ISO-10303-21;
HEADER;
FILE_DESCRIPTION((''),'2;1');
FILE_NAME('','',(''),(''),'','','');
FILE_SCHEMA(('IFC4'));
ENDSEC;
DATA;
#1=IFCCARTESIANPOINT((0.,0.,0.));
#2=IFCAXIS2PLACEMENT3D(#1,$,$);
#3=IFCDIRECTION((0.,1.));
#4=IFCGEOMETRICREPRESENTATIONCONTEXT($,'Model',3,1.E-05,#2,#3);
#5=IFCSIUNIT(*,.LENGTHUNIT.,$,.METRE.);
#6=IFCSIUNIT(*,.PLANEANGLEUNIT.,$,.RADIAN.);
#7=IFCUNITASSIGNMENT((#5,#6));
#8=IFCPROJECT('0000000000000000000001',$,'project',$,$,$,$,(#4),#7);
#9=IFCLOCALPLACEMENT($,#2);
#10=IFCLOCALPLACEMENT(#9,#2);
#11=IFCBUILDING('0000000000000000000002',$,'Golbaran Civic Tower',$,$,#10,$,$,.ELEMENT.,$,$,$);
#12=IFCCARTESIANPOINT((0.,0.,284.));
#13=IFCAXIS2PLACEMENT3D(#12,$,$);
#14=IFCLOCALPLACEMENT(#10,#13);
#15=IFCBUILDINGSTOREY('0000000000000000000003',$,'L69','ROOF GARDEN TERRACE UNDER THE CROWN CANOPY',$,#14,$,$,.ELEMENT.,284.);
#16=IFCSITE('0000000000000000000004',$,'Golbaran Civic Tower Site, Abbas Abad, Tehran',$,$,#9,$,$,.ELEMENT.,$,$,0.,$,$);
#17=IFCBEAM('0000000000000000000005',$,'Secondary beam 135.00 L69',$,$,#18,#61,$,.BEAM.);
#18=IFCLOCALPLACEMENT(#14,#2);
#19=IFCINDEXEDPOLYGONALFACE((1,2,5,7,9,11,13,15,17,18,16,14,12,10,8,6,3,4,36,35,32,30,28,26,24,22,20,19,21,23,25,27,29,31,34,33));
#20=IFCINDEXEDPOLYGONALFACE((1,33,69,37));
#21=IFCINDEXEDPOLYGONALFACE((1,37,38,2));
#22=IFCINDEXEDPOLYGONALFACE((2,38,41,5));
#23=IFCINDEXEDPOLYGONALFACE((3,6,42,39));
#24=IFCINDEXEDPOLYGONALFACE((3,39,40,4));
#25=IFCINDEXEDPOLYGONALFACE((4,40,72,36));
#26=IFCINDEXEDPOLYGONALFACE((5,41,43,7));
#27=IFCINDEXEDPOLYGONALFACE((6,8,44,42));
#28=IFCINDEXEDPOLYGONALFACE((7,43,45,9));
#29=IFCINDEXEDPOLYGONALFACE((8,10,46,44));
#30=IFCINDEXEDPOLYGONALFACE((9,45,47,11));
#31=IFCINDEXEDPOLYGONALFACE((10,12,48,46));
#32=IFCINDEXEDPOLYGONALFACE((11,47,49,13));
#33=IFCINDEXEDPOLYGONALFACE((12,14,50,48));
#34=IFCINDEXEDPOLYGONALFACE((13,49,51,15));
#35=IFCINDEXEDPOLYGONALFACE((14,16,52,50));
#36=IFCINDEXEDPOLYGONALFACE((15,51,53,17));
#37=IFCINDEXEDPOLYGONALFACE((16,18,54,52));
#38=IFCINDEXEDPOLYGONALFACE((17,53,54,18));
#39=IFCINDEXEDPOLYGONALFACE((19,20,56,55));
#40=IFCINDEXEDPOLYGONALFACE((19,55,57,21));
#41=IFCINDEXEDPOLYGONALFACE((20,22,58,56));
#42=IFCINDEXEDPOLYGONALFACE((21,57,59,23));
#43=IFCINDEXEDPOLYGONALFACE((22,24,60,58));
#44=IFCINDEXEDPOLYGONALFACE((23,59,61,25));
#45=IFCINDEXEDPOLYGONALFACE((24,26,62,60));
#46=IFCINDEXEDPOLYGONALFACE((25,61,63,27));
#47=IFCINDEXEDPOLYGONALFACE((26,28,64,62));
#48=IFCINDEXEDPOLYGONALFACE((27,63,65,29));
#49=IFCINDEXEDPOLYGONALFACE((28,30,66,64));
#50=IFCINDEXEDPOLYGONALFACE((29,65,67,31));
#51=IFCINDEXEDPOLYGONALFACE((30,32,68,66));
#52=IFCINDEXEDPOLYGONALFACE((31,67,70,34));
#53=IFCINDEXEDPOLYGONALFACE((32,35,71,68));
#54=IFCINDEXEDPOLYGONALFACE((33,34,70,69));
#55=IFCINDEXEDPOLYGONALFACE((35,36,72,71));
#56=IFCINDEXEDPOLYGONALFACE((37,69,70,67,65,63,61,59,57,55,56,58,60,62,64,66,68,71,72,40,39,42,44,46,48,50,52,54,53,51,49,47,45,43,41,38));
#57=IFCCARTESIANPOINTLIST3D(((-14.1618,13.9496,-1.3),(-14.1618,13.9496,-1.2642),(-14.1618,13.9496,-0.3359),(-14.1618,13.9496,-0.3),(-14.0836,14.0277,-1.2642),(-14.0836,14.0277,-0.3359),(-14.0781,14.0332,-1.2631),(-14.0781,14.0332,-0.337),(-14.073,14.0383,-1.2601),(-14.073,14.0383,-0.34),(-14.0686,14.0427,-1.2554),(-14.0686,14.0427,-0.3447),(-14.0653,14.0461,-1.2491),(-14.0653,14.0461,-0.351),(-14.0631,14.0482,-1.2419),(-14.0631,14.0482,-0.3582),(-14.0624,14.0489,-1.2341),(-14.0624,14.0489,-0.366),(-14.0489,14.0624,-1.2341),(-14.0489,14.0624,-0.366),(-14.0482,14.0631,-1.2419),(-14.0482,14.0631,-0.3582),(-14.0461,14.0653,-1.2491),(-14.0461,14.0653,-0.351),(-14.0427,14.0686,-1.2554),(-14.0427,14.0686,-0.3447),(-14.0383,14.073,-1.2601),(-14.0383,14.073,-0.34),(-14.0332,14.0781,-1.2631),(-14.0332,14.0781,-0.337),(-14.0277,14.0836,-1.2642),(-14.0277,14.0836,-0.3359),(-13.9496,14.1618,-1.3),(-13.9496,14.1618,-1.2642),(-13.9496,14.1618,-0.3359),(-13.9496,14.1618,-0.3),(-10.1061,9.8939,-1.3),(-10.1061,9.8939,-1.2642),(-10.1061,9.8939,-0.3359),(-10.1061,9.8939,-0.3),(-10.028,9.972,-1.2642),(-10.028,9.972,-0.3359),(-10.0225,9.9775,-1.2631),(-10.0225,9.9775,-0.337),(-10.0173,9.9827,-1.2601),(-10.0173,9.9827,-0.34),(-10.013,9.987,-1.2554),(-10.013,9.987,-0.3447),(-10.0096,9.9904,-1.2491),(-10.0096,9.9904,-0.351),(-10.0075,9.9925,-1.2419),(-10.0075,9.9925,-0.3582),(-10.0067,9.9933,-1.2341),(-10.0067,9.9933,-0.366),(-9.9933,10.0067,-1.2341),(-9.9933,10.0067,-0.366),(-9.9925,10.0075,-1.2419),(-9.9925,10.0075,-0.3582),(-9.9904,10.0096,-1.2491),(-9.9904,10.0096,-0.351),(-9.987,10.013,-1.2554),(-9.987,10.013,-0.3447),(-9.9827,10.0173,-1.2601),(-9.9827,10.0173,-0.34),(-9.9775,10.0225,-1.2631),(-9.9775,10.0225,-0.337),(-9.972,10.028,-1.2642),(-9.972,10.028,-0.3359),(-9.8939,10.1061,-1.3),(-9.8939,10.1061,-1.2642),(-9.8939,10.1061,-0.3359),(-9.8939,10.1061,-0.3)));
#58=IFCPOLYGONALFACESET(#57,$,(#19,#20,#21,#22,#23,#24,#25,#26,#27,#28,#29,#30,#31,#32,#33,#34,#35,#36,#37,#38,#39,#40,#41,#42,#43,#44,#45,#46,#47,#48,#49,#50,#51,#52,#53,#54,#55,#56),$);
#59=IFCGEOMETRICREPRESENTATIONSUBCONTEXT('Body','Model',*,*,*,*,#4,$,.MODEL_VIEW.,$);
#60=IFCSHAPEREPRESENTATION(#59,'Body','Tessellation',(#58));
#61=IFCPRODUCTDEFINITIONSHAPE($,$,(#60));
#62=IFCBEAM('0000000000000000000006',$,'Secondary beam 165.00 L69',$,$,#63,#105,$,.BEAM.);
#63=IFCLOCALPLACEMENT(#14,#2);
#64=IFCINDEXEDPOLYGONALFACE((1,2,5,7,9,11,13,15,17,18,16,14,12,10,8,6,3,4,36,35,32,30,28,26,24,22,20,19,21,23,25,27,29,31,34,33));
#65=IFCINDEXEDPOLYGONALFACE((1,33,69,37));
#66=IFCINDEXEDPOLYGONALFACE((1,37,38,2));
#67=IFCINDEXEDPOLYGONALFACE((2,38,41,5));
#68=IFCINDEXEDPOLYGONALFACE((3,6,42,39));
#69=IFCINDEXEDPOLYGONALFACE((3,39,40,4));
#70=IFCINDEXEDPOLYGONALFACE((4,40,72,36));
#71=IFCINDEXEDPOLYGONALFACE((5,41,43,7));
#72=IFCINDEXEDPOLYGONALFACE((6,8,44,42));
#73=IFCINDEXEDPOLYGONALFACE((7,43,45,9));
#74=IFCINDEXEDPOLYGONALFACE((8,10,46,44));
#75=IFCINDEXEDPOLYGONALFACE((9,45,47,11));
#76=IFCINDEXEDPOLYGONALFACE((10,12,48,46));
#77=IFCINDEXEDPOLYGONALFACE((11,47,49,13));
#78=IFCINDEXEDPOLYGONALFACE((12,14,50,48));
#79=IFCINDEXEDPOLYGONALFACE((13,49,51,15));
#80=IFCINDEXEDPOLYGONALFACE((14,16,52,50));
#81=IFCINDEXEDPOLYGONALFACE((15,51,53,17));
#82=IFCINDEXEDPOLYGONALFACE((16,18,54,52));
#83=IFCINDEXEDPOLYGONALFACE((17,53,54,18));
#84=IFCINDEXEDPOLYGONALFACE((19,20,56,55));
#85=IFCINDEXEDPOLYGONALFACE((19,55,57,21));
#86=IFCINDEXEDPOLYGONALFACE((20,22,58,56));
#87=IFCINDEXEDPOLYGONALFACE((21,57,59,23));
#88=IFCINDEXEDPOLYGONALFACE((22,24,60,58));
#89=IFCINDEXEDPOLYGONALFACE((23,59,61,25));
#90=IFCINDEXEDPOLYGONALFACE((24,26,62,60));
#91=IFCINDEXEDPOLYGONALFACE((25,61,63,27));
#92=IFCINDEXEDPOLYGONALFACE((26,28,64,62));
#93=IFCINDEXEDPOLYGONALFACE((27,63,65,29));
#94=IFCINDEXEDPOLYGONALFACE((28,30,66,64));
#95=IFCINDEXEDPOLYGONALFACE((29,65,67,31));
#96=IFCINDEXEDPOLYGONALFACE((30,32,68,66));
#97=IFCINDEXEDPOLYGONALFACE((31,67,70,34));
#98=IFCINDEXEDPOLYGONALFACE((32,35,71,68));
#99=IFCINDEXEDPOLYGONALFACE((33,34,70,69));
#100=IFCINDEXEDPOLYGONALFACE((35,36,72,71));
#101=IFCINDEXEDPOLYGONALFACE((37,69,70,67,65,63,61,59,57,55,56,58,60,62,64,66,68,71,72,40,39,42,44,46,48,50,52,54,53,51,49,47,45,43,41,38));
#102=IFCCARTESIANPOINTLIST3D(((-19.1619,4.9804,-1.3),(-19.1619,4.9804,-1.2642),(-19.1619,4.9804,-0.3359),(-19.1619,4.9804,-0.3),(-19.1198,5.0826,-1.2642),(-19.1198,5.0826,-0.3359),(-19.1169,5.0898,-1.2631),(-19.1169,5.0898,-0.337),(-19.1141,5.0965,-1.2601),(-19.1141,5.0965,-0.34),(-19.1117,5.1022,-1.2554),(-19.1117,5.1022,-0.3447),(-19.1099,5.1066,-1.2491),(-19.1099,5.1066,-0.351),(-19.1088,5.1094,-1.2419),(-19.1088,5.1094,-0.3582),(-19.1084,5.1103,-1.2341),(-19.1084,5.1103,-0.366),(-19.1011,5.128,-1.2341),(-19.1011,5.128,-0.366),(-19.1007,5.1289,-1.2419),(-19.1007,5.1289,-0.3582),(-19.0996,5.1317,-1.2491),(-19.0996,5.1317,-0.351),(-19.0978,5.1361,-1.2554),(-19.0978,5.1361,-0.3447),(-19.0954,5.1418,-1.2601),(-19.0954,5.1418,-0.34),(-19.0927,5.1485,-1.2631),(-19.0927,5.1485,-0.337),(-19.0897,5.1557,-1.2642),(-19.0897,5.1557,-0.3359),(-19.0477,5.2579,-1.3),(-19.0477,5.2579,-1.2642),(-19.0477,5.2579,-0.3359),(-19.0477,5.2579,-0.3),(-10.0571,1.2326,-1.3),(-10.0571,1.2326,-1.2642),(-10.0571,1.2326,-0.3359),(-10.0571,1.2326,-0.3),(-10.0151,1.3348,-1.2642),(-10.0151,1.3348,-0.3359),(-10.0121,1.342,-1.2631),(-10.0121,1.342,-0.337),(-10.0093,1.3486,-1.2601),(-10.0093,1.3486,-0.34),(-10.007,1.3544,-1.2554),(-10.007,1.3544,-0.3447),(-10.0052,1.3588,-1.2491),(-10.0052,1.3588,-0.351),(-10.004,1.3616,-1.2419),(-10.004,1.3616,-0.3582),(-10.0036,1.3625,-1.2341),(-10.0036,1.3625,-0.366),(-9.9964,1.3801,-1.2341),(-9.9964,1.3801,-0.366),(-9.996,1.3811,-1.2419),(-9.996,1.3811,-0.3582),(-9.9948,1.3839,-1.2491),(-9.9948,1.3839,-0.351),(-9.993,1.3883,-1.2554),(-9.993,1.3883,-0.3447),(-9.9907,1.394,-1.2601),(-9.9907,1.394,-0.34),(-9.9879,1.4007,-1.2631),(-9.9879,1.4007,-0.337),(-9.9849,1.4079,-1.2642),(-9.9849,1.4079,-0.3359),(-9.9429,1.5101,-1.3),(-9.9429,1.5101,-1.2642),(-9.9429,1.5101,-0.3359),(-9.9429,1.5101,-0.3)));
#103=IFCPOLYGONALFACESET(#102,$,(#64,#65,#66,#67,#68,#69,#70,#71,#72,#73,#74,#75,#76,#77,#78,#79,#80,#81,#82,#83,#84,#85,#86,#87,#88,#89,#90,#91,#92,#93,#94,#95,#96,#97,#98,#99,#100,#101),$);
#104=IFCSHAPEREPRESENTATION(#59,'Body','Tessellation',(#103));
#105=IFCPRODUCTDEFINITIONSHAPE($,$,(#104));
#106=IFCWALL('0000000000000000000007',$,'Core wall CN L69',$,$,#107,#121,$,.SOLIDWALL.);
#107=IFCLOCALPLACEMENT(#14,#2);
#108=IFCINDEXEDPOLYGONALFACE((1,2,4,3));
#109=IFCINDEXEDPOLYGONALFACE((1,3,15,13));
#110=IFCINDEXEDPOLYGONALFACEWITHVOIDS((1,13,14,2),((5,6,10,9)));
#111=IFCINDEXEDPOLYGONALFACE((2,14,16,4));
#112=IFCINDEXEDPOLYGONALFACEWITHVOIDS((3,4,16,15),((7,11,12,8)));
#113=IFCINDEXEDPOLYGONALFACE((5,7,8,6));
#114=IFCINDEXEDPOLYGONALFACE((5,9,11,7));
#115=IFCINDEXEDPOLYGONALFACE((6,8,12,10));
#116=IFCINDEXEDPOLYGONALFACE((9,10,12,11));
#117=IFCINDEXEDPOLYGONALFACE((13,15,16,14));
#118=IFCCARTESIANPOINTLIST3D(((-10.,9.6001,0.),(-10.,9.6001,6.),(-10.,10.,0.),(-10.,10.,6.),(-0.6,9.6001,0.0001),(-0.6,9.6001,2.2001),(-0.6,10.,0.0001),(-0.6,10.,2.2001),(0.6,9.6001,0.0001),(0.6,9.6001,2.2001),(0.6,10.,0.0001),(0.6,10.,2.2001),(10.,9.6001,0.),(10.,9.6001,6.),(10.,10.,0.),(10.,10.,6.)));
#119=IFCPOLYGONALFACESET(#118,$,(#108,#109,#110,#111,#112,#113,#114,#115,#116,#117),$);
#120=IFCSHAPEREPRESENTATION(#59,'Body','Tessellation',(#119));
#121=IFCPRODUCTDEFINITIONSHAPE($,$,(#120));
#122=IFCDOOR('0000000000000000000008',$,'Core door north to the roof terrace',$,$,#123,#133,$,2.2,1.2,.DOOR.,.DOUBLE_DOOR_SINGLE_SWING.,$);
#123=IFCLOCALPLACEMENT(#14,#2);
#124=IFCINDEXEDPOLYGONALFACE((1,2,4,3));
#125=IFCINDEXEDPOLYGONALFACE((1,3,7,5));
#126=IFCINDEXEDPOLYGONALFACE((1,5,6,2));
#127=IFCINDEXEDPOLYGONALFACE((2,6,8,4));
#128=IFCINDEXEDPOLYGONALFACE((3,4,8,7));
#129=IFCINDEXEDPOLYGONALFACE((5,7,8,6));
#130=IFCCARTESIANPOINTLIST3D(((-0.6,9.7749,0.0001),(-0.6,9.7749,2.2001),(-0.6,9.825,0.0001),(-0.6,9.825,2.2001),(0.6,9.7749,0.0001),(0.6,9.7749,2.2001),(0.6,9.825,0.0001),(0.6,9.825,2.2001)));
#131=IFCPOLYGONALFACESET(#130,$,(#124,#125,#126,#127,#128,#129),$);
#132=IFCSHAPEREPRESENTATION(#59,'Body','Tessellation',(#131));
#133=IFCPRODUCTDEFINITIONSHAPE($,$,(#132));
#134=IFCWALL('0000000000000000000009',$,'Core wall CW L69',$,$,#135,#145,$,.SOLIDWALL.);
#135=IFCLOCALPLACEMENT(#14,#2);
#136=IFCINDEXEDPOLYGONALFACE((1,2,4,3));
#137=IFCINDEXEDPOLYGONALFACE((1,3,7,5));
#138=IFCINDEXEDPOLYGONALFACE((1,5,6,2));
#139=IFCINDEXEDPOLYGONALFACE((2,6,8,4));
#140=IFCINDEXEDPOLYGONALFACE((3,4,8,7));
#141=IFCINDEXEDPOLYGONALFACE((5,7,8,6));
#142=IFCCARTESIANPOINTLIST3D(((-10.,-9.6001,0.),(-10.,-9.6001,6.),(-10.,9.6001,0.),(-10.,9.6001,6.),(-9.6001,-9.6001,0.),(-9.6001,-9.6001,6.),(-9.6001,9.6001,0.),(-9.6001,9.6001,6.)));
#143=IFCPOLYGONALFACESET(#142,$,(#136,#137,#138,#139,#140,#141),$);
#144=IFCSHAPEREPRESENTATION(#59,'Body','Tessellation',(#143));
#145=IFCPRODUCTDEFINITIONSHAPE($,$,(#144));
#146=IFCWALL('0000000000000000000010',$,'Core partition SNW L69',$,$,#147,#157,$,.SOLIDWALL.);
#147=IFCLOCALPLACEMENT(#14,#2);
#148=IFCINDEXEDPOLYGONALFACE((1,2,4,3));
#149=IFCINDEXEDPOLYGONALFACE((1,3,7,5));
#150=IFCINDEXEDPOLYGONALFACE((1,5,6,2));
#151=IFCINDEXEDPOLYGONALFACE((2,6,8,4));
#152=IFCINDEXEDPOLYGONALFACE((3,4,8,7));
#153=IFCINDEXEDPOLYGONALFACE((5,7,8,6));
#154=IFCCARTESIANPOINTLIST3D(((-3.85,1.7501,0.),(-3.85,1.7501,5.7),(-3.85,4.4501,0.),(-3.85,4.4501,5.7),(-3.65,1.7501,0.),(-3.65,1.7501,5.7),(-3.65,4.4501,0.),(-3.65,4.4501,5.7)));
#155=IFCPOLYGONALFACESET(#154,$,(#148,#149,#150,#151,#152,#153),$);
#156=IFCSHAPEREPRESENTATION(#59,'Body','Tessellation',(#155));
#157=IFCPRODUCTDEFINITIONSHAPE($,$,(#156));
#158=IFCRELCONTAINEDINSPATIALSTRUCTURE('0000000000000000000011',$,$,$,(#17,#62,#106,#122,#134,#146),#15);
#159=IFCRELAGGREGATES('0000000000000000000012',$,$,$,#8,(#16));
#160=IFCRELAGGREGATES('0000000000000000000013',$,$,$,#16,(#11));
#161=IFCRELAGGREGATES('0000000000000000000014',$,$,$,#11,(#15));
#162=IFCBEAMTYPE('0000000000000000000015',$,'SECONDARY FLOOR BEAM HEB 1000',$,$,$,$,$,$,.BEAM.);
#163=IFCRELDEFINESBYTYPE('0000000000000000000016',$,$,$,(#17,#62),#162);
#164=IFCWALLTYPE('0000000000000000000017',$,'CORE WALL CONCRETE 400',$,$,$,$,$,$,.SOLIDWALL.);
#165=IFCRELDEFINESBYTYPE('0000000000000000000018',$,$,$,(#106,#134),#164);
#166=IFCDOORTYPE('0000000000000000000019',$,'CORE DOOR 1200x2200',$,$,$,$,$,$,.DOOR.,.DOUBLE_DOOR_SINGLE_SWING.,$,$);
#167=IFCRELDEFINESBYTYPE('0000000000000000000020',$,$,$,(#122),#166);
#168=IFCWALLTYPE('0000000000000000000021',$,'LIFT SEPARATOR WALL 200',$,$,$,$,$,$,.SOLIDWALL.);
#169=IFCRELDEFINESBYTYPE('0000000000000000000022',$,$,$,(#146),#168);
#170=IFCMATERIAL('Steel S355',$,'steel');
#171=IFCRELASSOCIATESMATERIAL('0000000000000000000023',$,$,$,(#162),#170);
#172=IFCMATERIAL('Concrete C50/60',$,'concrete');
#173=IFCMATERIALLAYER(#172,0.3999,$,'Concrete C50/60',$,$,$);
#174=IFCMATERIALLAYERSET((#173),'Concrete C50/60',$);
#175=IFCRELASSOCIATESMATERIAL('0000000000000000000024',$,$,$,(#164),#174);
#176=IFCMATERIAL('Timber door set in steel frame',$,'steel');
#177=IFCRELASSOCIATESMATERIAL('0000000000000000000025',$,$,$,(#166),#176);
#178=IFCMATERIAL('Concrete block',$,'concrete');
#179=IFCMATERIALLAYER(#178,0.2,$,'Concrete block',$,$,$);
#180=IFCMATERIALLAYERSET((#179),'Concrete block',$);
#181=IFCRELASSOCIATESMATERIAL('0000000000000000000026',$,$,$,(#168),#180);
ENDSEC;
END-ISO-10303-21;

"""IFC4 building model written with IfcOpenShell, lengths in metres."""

from ifc_helpers import new_model, si_unit, direction, frame, frame_2d, origin, origin_2d, place, context, subcontext, project, spatial, rectangle, i_section, extrude, material, layer, layer_set, material_profile, profile_set, type_object, element, fill, save


model = new_model("IFC4")

# Units and contexts
model_context = context("Model", 3, precision=1e-05, world=origin(), true_north=direction((0.0, 1.0)))
body_context = subcontext(model_context, "Body", "Model", "MODEL_VIEW")
ifc_project = project(units=[si_unit("LENGTHUNIT", "METRE"), si_unit("PLANEANGLEUNIT", "RADIAN")], contexts=[model_context])

# Site, building, storey
site_placement = place(None, origin())
site = spatial("IfcSite", under=ifc_project, at=site_placement, Name="Golbaran Civic Tower Site, Abbas Abad, Tehran", CompositionType="ELEMENT", RefElevation=0.0)
building_placement = place(site_placement, origin())
building = spatial("IfcBuilding", under=site, at=building_placement, Name="Golbaran Civic Tower", CompositionType="ELEMENT")
storey_placement = place(building_placement, frame((0.0, 0.0, 284.0)))
storey = spatial("IfcBuildingStorey", under=building, at=storey_placement, Name="L69", Description="ROOF GARDEN TERRACE UNDER THE CROWN CANOPY", CompositionType="ELEMENT", Elevation=284.0)

# Shared definitions
ifc_material_1 = material(Name="Steel S355", Category="steel")

# Beams
ifc_material_profile_1 = material_profile(ifc_material_1, i_section(OverallWidth=0.3, OverallDepth=1.0, WebThickness=0.019, FlangeThickness=0.0359, FilletRadius=0.03, at=origin_2d()), Name="HEB 1000")
ifc_profile_set_1 = profile_set([ifc_material_profile_1], Name="Steel S355")
beam_type_1 = type_object("IfcBeamType", Name="SECONDARY FLOOR BEAM HEB 1000", PredefinedType="BEAM", material=ifc_profile_set_1)
beam_1_placement = place(storey_placement, frame((-10.0, 10.0, -0.8), z_axis=(-0.707107, 0.707107, 0.0), x_axis=(-0.707107, -0.707107, 0.0)))
element("IfcBeam", 1, at=beam_1_placement, inside=storey, type_object=beam_type_1, Name="Secondary beam 135.00 L69", PredefinedType="BEAM", context=body_context, shape_type="SweptSolid", body=[
    extrude(i_section(OverallWidth=0.3, OverallDepth=1.0, WebThickness=0.019, FlangeThickness=0.0359, FilletRadius=0.03, at=origin_2d()), origin(), (0.0, 0.0, 1.0), 5.7356),
])
beam_2_placement = place(storey_placement, frame((-10.0, 1.3713, -0.8), z_axis=(-0.924721, 0.380645, 0.0), x_axis=(-0.380645, -0.924721, 0.0)))
element("IfcBeam", 2, at=beam_2_placement, inside=storey, type_object=beam_type_1, Name="Secondary beam 165.00 L69", PredefinedType="BEAM", context=body_context, shape_type="SweptSolid", body=[
    extrude(i_section(OverallWidth=0.3, OverallDepth=1.0, WebThickness=0.019, FlangeThickness=0.0359, FilletRadius=0.03, at=origin_2d()), origin(), (0.0, 0.0, 1.0), 9.8459),
])

# Wall, opening, door
ifc_material_2 = material(Name="Concrete C50/60", Category="concrete")
ifc_layer_1 = layer(ifc_material_2, 0.3999, Name="Concrete C50/60")
ifc_layer_set_1 = layer_set([ifc_layer_1], Name="Concrete C50/60")
wall_type_1 = type_object("IfcWallType", Name="CORE WALL CONCRETE 400", PredefinedType="SOLIDWALL", material=ifc_layer_set_1)
wall_1_placement = place(storey_placement, frame((-10.0, 9.8, 0.0), z_axis=(0.0, 0.0, 1.0), x_axis=(1.0, 0.0, 0.0)))
wall_1 = element("IfcWall", 3, at=wall_1_placement, inside=storey, type_object=wall_type_1, Name="Core wall CN L69", PredefinedType="SOLIDWALL", context=body_context, shape_type="SweptSolid", body=[
    extrude(rectangle(XDim=20.0, YDim=0.3999, at=frame_2d((10.0, 0.0))), origin(), (0.0, 0.0, 1.0), 6.0),
])
opening_1_placement = place(wall_1_placement, frame((9.3999, 0.0, 0.0)))
opening_1 = element("IfcOpeningElement", 4, at=opening_1_placement, cuts=wall_1, PredefinedType="OPENING", context=body_context, shape_type="SweptSolid", body=[
    extrude(rectangle(XDim=1.2, YDim=2.2, at=frame_2d((0.6001, 1.1001))), frame((0.0, 0.21, 0.0), z_axis=(0.0, -1.0, 0.0), x_axis=(1.0, 0.0, 0.0)), (0.0, 0.0, 1.0), 0.4199),
])
ifc_material_3 = material(Name="Timber door set in steel frame", Category="steel")
door_type_1 = type_object("IfcDoorType", Name="CORE DOOR 1200x2200", OperationType="DOUBLE_DOOR_SINGLE_SWING", PredefinedType="DOOR", material=ifc_material_3)
door_1_placement = place(opening_1_placement, origin())
door_1 = element("IfcDoor", 5, at=door_1_placement, inside=storey, type_object=door_type_1, Name="Core door north to the roof terrace", OperationType="DOUBLE_DOOR_SINGLE_SWING", OverallHeight=2.2, OverallWidth=1.2, PredefinedType="DOOR", context=body_context, shape_type="SweptSolid", body=[
    extrude(rectangle(XDim=1.2, YDim=2.2, at=frame_2d((0.6001, 1.1001))), frame((0.0, 0.0249, 0.0), z_axis=(0.0, -1.0, 0.0), x_axis=(1.0, 0.0, 0.0)), (0.0, 0.0, 1.0), 0.05),
])
fill(opening_1, door_1)

# Walls
wall_2_placement = place(storey_placement, frame((-9.8, 9.6001, 0.0), z_axis=(0.0, 0.0, 1.0), x_axis=(0.0, -1.0, 0.0)))
element("IfcWall", 6, at=wall_2_placement, inside=storey, type_object=wall_type_1, Name="Core wall CW L69", PredefinedType="SOLIDWALL", context=body_context, shape_type="SweptSolid", body=[
    extrude(rectangle(XDim=19.2002, YDim=0.3999, at=frame_2d((9.6001, 0.0))), origin(), (0.0, 0.0, 1.0), 6.0),
])
ifc_material_4 = material(Name="Concrete block", Category="concrete")
ifc_layer_2 = layer(ifc_material_4, 0.2, Name="Concrete block")
ifc_layer_set_2 = layer_set([ifc_layer_2], Name="Concrete block")
wall_type_2 = type_object("IfcWallType", Name="LIFT SEPARATOR WALL 200", PredefinedType="SOLIDWALL", material=ifc_layer_set_2)
wall_3_placement = place(storey_placement, frame((-3.75, 1.75, 0.0), z_axis=(0.0, 0.0, 1.0), x_axis=(0.0, 1.0, 0.0)))
element("IfcWall", 7, at=wall_3_placement, inside=storey, type_object=wall_type_2, Name="Core partition SNW L69", PredefinedType="SOLIDWALL", context=body_context, shape_type="SweptSolid", body=[
    extrude(rectangle(XDim=2.7, YDim=0.2, at=frame_2d((1.3501, 0.0))), origin(), (0.0, 0.0, 1.0), 5.7),
])

save(model, "model.ifc")
